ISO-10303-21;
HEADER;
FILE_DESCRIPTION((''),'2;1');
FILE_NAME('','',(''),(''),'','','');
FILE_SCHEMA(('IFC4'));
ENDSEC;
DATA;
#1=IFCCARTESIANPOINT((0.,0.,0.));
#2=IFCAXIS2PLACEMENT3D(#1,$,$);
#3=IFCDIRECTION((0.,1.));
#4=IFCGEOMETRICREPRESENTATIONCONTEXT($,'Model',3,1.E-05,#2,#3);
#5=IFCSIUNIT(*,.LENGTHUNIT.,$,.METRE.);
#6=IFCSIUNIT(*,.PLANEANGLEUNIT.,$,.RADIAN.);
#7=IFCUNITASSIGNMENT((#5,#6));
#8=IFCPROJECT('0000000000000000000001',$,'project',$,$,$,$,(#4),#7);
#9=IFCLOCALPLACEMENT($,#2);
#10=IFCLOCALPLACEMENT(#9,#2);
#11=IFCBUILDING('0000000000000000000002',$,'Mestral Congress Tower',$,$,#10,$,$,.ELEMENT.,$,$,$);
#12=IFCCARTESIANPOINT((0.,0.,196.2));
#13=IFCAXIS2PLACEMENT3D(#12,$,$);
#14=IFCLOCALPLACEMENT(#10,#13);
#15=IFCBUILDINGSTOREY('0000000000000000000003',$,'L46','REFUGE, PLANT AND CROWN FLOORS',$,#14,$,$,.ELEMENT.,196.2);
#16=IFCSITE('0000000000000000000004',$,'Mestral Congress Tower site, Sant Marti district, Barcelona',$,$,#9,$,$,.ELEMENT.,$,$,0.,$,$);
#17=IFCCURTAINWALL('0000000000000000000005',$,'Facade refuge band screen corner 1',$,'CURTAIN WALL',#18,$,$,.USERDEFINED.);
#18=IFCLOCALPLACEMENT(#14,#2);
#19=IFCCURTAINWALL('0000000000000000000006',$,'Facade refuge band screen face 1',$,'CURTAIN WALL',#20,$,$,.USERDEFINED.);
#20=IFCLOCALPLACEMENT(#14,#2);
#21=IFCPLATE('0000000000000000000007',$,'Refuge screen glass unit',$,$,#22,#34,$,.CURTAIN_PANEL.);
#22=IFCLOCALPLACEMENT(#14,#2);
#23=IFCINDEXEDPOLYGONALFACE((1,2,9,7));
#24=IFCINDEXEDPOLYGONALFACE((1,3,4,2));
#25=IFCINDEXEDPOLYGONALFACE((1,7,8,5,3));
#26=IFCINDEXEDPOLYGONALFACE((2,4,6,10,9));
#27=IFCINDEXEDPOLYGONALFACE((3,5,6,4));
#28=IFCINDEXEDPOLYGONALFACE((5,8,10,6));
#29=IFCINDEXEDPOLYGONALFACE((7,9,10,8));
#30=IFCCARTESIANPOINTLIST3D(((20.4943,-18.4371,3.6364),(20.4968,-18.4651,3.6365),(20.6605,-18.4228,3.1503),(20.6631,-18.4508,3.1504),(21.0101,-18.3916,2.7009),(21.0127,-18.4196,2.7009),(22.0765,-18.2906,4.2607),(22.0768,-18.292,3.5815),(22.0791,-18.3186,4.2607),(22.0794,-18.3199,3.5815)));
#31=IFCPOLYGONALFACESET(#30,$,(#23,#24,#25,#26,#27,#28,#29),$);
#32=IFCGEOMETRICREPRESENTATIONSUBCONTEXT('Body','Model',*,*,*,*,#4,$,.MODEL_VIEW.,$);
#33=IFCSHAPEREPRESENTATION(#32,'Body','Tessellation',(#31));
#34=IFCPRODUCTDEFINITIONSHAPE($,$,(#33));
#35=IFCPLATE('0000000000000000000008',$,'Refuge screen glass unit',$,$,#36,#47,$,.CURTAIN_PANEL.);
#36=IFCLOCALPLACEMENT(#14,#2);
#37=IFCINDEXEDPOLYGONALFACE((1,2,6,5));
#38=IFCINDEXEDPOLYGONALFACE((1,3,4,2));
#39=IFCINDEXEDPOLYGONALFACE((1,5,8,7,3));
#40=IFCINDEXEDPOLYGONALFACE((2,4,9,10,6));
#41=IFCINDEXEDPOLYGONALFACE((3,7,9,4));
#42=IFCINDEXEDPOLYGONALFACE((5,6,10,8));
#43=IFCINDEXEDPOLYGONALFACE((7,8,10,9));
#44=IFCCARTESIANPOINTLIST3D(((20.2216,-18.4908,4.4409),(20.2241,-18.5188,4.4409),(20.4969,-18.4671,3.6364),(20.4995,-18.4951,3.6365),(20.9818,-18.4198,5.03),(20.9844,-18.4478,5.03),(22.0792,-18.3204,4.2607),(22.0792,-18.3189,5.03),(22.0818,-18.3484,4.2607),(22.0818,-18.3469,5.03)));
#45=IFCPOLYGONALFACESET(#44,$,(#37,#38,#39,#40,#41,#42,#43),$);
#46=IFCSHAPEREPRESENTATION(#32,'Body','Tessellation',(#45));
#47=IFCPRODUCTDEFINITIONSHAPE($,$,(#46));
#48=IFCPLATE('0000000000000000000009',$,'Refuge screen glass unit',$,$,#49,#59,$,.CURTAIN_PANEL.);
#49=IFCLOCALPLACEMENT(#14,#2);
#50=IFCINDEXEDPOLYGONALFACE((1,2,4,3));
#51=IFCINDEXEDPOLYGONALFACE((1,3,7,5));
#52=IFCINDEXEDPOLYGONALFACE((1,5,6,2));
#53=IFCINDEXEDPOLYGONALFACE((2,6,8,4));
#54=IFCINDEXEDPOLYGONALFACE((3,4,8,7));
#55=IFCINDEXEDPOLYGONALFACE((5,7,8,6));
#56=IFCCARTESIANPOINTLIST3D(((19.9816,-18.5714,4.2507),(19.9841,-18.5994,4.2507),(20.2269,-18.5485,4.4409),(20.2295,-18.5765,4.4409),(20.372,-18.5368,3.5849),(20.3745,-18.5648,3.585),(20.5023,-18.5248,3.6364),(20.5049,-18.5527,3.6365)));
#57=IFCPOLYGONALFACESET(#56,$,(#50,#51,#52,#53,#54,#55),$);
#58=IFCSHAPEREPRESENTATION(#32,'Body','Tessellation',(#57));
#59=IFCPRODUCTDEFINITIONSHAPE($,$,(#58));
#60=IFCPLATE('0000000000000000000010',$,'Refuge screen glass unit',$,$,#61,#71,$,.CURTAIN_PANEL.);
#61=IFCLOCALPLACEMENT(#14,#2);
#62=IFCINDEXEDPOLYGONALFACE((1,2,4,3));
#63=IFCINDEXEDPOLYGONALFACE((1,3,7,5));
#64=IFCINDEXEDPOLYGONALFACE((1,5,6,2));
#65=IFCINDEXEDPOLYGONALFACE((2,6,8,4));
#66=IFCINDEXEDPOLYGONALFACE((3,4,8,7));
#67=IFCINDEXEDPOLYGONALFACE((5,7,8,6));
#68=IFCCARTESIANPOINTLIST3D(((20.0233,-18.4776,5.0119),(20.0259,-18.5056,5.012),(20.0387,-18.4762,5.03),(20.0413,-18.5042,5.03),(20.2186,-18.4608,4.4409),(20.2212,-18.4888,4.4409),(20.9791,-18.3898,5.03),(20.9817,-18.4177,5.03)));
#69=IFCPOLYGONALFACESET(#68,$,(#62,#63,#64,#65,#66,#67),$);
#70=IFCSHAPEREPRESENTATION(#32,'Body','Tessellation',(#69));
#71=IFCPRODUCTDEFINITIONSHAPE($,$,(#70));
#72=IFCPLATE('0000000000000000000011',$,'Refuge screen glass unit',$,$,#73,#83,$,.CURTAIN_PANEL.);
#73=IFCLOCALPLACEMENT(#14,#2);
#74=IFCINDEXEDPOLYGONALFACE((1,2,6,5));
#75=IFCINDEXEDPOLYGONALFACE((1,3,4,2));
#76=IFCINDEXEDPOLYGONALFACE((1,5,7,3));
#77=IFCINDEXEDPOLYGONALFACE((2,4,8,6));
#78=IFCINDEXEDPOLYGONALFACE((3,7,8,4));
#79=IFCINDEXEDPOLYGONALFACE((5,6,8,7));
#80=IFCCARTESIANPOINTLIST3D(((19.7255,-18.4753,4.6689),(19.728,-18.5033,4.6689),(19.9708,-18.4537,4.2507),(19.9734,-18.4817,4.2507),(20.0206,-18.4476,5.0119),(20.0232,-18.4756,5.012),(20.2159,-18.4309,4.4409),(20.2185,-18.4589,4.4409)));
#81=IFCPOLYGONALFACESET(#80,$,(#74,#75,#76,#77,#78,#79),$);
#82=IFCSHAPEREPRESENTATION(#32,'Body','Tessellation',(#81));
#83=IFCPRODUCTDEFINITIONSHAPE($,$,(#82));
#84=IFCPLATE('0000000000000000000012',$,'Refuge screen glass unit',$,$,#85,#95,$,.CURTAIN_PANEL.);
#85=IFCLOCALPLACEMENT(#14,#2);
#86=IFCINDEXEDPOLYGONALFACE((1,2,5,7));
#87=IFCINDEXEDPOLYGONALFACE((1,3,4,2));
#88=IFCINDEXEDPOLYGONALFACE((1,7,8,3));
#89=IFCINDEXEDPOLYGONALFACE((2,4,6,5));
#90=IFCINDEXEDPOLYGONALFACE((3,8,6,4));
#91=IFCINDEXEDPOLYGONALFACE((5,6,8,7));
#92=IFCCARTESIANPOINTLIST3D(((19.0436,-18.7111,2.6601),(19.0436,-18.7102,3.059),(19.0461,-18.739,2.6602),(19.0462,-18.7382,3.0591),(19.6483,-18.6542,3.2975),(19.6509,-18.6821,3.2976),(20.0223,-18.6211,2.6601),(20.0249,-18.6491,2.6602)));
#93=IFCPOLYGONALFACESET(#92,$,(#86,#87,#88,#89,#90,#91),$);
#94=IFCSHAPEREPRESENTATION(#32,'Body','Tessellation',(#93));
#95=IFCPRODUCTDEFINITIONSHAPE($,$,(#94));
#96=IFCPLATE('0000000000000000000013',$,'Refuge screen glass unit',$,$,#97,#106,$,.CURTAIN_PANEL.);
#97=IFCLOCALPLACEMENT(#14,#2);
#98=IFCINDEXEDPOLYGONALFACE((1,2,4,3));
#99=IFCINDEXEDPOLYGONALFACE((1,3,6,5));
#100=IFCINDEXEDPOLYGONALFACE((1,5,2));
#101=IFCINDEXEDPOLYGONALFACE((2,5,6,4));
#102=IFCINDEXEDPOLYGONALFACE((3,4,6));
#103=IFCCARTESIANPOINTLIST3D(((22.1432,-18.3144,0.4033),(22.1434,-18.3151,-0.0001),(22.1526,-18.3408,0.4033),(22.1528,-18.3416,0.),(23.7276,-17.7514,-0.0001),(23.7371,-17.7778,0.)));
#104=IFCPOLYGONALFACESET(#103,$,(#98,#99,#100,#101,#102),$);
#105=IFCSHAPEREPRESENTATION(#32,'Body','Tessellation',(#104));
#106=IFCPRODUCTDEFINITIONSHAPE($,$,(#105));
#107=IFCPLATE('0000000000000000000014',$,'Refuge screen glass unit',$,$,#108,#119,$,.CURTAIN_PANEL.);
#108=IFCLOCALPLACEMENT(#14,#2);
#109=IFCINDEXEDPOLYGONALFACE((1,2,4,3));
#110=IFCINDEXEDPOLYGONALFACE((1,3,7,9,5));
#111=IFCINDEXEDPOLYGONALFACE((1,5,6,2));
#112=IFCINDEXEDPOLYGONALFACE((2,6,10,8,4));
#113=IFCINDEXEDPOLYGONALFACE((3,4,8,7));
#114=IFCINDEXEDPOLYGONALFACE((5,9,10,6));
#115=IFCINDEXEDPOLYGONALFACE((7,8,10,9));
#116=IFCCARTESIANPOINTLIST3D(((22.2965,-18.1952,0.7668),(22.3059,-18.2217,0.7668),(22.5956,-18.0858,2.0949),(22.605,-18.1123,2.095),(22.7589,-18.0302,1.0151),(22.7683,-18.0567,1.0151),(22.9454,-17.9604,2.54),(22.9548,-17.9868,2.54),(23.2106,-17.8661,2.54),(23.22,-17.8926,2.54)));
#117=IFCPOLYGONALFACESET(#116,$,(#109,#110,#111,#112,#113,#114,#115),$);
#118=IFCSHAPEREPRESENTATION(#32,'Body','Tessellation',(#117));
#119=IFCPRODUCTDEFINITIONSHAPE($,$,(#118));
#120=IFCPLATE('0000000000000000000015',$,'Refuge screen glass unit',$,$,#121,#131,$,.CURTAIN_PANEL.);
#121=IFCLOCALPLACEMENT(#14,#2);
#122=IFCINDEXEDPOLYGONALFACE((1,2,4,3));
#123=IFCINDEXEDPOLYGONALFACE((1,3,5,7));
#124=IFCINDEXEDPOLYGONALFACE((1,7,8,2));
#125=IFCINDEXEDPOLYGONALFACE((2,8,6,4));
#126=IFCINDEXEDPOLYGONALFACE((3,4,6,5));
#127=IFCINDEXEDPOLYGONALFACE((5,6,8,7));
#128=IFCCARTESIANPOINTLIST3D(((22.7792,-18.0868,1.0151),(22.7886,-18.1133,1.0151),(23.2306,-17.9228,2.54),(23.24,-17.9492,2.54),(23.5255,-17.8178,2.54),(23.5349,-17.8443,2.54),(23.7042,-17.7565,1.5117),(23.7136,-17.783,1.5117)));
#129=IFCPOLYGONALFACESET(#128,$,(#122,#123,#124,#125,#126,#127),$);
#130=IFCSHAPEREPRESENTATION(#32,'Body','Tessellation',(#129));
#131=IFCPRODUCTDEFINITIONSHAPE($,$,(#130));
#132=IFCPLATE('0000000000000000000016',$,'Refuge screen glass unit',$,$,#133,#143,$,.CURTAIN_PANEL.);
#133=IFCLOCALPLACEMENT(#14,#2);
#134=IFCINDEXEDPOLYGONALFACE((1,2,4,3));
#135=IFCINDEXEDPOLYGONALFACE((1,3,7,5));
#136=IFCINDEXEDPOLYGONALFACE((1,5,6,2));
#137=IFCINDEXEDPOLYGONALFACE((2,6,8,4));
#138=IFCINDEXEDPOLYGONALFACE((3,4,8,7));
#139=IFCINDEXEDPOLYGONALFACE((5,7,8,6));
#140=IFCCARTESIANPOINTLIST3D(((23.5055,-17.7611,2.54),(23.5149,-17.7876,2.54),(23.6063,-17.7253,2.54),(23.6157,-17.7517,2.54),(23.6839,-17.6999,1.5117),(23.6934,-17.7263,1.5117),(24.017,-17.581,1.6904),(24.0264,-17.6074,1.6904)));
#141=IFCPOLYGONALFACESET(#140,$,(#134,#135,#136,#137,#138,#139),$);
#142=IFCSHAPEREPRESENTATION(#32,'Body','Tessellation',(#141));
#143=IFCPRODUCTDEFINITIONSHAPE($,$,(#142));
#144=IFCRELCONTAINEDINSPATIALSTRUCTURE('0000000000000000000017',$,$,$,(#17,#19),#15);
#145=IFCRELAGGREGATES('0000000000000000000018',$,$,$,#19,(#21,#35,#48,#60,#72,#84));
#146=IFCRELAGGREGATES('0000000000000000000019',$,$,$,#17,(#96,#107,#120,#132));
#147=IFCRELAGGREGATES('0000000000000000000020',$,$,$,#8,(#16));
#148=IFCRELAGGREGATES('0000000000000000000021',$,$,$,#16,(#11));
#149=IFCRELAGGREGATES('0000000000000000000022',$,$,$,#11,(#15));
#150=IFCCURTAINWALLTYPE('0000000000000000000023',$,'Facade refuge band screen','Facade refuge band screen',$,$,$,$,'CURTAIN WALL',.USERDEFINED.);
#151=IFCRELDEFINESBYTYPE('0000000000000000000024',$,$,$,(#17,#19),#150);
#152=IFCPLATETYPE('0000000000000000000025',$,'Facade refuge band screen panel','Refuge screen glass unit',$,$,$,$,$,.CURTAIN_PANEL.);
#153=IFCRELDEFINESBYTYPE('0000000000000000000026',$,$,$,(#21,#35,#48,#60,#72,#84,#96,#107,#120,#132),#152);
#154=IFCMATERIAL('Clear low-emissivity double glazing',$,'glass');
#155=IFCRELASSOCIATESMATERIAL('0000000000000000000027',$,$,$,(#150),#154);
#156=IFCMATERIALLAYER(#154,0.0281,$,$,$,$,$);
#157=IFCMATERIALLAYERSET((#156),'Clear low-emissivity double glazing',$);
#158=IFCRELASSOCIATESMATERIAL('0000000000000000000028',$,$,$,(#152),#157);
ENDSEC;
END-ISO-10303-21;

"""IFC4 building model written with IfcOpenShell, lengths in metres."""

from ifc_helpers import new_model, si_unit, direction, frame, origin, place, context, subcontext, project, spatial, polyline, outline, extrude, material, layer, layer_set, type_object, element, aggregate, save


model = new_model("IFC4")

# Units and contexts
model_context = context("Model", 3, precision=1e-05, world=origin(), true_north=direction((0.0, 1.0)))
body_context = subcontext(model_context, "Body", "Model", "MODEL_VIEW")
ifc_project = project(units=[si_unit("LENGTHUNIT", "METRE"), si_unit("PLANEANGLEUNIT", "RADIAN")], contexts=[model_context])

# Site, building, storey
site_placement = place(None, origin())
site = spatial("IfcSite", under=ifc_project, at=site_placement, Name="Mestral Congress Tower site, Sant Marti district, Barcelona", CompositionType="ELEMENT", RefElevation=0.0)
building_placement = place(site_placement, origin())
building = spatial("IfcBuilding", under=site, at=building_placement, Name="Mestral Congress Tower", CompositionType="ELEMENT")
storey_placement = place(building_placement, frame((0.0, 0.0, 196.2)))
storey = spatial("IfcBuildingStorey", under=building, at=storey_placement, Name="L46", Description="REFUGE, PLANT AND CROWN FLOORS", CompositionType="ELEMENT", Elevation=196.2)

# Curtain wall
ifc_material_1 = material(Name="Clear low-emissivity double glazing", Category="glass")
curtain_wall_type = type_object("IfcCurtainWallType", Name="Facade refuge band screen", Description="Facade refuge band screen", ElementType="CURTAIN WALL", PredefinedType="USERDEFINED", material=ifc_material_1)
placement = place(storey_placement, origin())
curtain_wall_1 = element("IfcCurtainWall", 1, at=placement, inside=storey, type_object=curtain_wall_type, Name="Facade refuge band screen corner 1", ObjectType="CURTAIN WALL", PredefinedType="USERDEFINED")

# Curtain wall
curtain_wall_2 = element("IfcCurtainWall", 2, at=placement, inside=storey, type_object=curtain_wall_type, Name="Facade refuge band screen face 1", ObjectType="CURTAIN WALL", PredefinedType="USERDEFINED")

# Plates
ifc_layer_1 = layer(ifc_material_1, 0.0281)
ifc_layer_set_1 = layer_set([ifc_layer_1], Name="Clear low-emissivity double glazing")
plate_type_1 = type_object("IfcPlateType", Name="Facade refuge band screen panel", Description="Refuge screen glass unit", PredefinedType="CURTAIN_PANEL", material=ifc_layer_set_1)
plate_1_placement = place(storey_placement, frame((22.0791, -18.3186, 4.2607), z_axis=(0.09142, -0.99581, 0.00196), x_axis=(0.000372, -0.001934, -0.999998)))
plate_1 = element("IfcPlate", 3, at=plate_1_placement, type_object=plate_type_1, Name="Refuge screen glass unit", PredefinedType="CURTAIN_PANEL", context=body_context, shape_type="SweptSolid", body=[
    extrude(outline(polyline([(0.0, 0.0), (0.6792, 0.0), (1.5596, -1.0715), (1.1101, -1.4224), (0.624, -1.5892), (0.0, 0.0)])), origin(), (0.0, 0.0, -1.0), 0.0281),
])
plate_2_placement = place(storey_placement, frame((20.9844, -18.4478, 5.03), z_axis=(0.09153, -0.9958, 0.001971), x_axis=(0.995802, 0.09153, 0.0)))
plate_2 = element("IfcPlate", 4, at=plate_2_placement, type_object=plate_type_1, Name="Refuge screen glass unit", PredefinedType="CURTAIN_PANEL", context=body_context, shape_type="SweptSolid", body=[
    extrude(outline(polyline([(0.0, 0.0), (1.102, 0.0), (1.1019, -0.7693), (-0.4872, -1.3936), (-0.7636, -0.5891), (0.0, 0.0)])), origin(), (0.0, 0.0, -1.0), 0.0281),
])
plate_3_placement = place(storey_placement, frame((20.5049, -18.5527, 3.6365), z_axis=(0.091344, -0.995818, 0.001842), x_axis=(-0.926603, -0.085672, -0.366152)))
plate_3 = element("IfcPlate", 5, at=plate_3_placement, type_object=plate_type_1, Name="Refuge screen glass unit", PredefinedType="CURTAIN_PANEL", context=body_context, shape_type="SweptSolid", body=[
    extrude(outline(polyline([(0.0, 0.0), (0.1407, 0.0), (0.2616, -0.763), (-0.0373, -0.8498), (0.0, 0.0)])), origin(), (0.0, 0.0, -1.0), 0.0281),
])
plate_4_placement = place(storey_placement, frame((20.0413, -18.5042, 5.03), z_axis=(0.091531, -0.9958, 0.001957), x_axis=(0.995802, 0.091531, 0.0)))
plate_4 = element("IfcPlate", 6, at=plate_4_placement, type_object=plate_type_1, Name="Refuge screen glass unit", PredefinedType="CURTAIN_PANEL", context=body_context, shape_type="SweptSolid", body=[
    extrude(outline(polyline([(0.0, 0.0), (0.9444, 0.0), (0.1806, -0.5891), (-0.0155, -0.0181), (0.0, 0.0)])), origin(), (0.0, 0.0, -1.0), 0.0281),
])
plate_5_placement = place(storey_placement, frame((20.0232, -18.4756, 5.012), z_axis=(0.091154, -0.995835, 0.002021), x_axis=(0.323481, 0.027691, -0.945829)))
plate_5 = element("IfcPlate", 7, at=plate_5_placement, type_object=plate_type_1, Name="Refuge screen glass unit", PredefinedType="CURTAIN_PANEL", context=body_context, shape_type="SweptSolid", body=[
    extrude(outline(polyline([(0.0, 0.0), (0.6038, 0.0), (0.7037, -0.2946), (0.2282, -0.3918), (0.0, 0.0)])), origin(), (0.0, 0.0, -1.0), 0.0281),
])
plate_6_placement = place(storey_placement, frame((19.6509, -18.6821, 3.2976), z_axis=(0.091502, -0.995803, 0.002058), x_axis=(0.505576, 0.044676, -0.861625)))
plate_6 = element("IfcPlate", 8, at=plate_6_placement, type_object=plate_type_1, Name="Refuge screen glass unit", PredefinedType="CURTAIN_PANEL", context=body_context, shape_type="SweptSolid", body=[
    extrude(outline(polyline([(0.0, 0.0), (0.7398, 0.0), (0.241, -0.8469), (-0.1027, -0.6443), (0.0, 0.0)])), origin(), (0.0, 0.0, -1.0), 0.0281),
])
plate_7_placement = place(storey_placement, frame((22.1526, -18.3408, 0.4033), z_axis=(0.335241, -0.94213, 0.001914), x_axis=(0.916297, 0.325575, -0.233239)))
plate_7 = element("IfcPlate", 9, at=plate_7_placement, type_object=plate_type_1, Name="Refuge screen glass unit", PredefinedType="CURTAIN_PANEL", context=body_context, shape_type="SweptSolid", body=[
    extrude(outline(polyline([(0.0, 0.0), (1.7292, 0.0), (0.0941, -0.3922), (0.0, 0.0)])), origin(), (0.0, 0.0, -1.0), 0.0281),
])
plate_8_placement = place(storey_placement, frame((22.3059, -18.2217, 0.7668), z_axis=(0.335095, -0.942182, 0.002144), x_axis=(0.218974, 0.080093, 0.972438)))
plate_8 = element("IfcPlate", 10, at=plate_8_placement, type_object=plate_type_1, Name="Refuge screen glass unit", PredefinedType="CURTAIN_PANEL", context=body_context, shape_type="SweptSolid", body=[
    extrude(outline(polyline([(0.0, 0.0), (1.3658, 0.0), (1.8852, -0.2577), (1.9508, -0.5313), (0.3559, -0.4196), (0.0, 0.0)])), origin(), (0.0, 0.0, -1.0), 0.0281),
])
plate_9_placement = place(storey_placement, frame((23.24, -17.9492, 2.54), z_axis=(0.335298, -0.94211, 0.002113), x_axis=(0.942112, 0.335299, 0.0)))
plate_9 = element("IfcPlate", 11, at=plate_9_placement, type_object=plate_type_1, Name="Refuge screen glass unit", PredefinedType="CURTAIN_PANEL", context=body_context, shape_type="SweptSolid", body=[
    extrude(outline(polyline([(0.0, 0.0), (0.313, 0.0), (0.502, -1.0283), (-0.4803, -1.5249), (0.0, 0.0)])), origin(), (0.0, 0.0, -1.0), 0.0281),
])
plate_10_placement = place(storey_placement, frame((23.6934, -17.7263, 1.5117), z_axis=(0.335284, -0.942115, 0.002051), x_axis=(-0.170703, -0.058609, 0.983578)))
plate_10 = element("IfcPlate", 12, at=plate_10_placement, type_object=plate_type_1, Name="Refuge screen glass unit", PredefinedType="CURTAIN_PANEL", context=body_context, shape_type="SweptSolid", body=[
    extrude(outline(polyline([(0.0, 0.0), (1.0455, 0.0), (1.0262, -0.1053), (0.112, -0.38), (0.0, 0.0)])), origin(), (0.0, 0.0, -1.0), 0.0281),
])

aggregate(curtain_wall_2, [plate_1, plate_2, plate_3, plate_4, plate_5, plate_6])
aggregate(curtain_wall_1, [plate_7, plate_8, plate_9, plate_10])

save(model, "model.ifc")
